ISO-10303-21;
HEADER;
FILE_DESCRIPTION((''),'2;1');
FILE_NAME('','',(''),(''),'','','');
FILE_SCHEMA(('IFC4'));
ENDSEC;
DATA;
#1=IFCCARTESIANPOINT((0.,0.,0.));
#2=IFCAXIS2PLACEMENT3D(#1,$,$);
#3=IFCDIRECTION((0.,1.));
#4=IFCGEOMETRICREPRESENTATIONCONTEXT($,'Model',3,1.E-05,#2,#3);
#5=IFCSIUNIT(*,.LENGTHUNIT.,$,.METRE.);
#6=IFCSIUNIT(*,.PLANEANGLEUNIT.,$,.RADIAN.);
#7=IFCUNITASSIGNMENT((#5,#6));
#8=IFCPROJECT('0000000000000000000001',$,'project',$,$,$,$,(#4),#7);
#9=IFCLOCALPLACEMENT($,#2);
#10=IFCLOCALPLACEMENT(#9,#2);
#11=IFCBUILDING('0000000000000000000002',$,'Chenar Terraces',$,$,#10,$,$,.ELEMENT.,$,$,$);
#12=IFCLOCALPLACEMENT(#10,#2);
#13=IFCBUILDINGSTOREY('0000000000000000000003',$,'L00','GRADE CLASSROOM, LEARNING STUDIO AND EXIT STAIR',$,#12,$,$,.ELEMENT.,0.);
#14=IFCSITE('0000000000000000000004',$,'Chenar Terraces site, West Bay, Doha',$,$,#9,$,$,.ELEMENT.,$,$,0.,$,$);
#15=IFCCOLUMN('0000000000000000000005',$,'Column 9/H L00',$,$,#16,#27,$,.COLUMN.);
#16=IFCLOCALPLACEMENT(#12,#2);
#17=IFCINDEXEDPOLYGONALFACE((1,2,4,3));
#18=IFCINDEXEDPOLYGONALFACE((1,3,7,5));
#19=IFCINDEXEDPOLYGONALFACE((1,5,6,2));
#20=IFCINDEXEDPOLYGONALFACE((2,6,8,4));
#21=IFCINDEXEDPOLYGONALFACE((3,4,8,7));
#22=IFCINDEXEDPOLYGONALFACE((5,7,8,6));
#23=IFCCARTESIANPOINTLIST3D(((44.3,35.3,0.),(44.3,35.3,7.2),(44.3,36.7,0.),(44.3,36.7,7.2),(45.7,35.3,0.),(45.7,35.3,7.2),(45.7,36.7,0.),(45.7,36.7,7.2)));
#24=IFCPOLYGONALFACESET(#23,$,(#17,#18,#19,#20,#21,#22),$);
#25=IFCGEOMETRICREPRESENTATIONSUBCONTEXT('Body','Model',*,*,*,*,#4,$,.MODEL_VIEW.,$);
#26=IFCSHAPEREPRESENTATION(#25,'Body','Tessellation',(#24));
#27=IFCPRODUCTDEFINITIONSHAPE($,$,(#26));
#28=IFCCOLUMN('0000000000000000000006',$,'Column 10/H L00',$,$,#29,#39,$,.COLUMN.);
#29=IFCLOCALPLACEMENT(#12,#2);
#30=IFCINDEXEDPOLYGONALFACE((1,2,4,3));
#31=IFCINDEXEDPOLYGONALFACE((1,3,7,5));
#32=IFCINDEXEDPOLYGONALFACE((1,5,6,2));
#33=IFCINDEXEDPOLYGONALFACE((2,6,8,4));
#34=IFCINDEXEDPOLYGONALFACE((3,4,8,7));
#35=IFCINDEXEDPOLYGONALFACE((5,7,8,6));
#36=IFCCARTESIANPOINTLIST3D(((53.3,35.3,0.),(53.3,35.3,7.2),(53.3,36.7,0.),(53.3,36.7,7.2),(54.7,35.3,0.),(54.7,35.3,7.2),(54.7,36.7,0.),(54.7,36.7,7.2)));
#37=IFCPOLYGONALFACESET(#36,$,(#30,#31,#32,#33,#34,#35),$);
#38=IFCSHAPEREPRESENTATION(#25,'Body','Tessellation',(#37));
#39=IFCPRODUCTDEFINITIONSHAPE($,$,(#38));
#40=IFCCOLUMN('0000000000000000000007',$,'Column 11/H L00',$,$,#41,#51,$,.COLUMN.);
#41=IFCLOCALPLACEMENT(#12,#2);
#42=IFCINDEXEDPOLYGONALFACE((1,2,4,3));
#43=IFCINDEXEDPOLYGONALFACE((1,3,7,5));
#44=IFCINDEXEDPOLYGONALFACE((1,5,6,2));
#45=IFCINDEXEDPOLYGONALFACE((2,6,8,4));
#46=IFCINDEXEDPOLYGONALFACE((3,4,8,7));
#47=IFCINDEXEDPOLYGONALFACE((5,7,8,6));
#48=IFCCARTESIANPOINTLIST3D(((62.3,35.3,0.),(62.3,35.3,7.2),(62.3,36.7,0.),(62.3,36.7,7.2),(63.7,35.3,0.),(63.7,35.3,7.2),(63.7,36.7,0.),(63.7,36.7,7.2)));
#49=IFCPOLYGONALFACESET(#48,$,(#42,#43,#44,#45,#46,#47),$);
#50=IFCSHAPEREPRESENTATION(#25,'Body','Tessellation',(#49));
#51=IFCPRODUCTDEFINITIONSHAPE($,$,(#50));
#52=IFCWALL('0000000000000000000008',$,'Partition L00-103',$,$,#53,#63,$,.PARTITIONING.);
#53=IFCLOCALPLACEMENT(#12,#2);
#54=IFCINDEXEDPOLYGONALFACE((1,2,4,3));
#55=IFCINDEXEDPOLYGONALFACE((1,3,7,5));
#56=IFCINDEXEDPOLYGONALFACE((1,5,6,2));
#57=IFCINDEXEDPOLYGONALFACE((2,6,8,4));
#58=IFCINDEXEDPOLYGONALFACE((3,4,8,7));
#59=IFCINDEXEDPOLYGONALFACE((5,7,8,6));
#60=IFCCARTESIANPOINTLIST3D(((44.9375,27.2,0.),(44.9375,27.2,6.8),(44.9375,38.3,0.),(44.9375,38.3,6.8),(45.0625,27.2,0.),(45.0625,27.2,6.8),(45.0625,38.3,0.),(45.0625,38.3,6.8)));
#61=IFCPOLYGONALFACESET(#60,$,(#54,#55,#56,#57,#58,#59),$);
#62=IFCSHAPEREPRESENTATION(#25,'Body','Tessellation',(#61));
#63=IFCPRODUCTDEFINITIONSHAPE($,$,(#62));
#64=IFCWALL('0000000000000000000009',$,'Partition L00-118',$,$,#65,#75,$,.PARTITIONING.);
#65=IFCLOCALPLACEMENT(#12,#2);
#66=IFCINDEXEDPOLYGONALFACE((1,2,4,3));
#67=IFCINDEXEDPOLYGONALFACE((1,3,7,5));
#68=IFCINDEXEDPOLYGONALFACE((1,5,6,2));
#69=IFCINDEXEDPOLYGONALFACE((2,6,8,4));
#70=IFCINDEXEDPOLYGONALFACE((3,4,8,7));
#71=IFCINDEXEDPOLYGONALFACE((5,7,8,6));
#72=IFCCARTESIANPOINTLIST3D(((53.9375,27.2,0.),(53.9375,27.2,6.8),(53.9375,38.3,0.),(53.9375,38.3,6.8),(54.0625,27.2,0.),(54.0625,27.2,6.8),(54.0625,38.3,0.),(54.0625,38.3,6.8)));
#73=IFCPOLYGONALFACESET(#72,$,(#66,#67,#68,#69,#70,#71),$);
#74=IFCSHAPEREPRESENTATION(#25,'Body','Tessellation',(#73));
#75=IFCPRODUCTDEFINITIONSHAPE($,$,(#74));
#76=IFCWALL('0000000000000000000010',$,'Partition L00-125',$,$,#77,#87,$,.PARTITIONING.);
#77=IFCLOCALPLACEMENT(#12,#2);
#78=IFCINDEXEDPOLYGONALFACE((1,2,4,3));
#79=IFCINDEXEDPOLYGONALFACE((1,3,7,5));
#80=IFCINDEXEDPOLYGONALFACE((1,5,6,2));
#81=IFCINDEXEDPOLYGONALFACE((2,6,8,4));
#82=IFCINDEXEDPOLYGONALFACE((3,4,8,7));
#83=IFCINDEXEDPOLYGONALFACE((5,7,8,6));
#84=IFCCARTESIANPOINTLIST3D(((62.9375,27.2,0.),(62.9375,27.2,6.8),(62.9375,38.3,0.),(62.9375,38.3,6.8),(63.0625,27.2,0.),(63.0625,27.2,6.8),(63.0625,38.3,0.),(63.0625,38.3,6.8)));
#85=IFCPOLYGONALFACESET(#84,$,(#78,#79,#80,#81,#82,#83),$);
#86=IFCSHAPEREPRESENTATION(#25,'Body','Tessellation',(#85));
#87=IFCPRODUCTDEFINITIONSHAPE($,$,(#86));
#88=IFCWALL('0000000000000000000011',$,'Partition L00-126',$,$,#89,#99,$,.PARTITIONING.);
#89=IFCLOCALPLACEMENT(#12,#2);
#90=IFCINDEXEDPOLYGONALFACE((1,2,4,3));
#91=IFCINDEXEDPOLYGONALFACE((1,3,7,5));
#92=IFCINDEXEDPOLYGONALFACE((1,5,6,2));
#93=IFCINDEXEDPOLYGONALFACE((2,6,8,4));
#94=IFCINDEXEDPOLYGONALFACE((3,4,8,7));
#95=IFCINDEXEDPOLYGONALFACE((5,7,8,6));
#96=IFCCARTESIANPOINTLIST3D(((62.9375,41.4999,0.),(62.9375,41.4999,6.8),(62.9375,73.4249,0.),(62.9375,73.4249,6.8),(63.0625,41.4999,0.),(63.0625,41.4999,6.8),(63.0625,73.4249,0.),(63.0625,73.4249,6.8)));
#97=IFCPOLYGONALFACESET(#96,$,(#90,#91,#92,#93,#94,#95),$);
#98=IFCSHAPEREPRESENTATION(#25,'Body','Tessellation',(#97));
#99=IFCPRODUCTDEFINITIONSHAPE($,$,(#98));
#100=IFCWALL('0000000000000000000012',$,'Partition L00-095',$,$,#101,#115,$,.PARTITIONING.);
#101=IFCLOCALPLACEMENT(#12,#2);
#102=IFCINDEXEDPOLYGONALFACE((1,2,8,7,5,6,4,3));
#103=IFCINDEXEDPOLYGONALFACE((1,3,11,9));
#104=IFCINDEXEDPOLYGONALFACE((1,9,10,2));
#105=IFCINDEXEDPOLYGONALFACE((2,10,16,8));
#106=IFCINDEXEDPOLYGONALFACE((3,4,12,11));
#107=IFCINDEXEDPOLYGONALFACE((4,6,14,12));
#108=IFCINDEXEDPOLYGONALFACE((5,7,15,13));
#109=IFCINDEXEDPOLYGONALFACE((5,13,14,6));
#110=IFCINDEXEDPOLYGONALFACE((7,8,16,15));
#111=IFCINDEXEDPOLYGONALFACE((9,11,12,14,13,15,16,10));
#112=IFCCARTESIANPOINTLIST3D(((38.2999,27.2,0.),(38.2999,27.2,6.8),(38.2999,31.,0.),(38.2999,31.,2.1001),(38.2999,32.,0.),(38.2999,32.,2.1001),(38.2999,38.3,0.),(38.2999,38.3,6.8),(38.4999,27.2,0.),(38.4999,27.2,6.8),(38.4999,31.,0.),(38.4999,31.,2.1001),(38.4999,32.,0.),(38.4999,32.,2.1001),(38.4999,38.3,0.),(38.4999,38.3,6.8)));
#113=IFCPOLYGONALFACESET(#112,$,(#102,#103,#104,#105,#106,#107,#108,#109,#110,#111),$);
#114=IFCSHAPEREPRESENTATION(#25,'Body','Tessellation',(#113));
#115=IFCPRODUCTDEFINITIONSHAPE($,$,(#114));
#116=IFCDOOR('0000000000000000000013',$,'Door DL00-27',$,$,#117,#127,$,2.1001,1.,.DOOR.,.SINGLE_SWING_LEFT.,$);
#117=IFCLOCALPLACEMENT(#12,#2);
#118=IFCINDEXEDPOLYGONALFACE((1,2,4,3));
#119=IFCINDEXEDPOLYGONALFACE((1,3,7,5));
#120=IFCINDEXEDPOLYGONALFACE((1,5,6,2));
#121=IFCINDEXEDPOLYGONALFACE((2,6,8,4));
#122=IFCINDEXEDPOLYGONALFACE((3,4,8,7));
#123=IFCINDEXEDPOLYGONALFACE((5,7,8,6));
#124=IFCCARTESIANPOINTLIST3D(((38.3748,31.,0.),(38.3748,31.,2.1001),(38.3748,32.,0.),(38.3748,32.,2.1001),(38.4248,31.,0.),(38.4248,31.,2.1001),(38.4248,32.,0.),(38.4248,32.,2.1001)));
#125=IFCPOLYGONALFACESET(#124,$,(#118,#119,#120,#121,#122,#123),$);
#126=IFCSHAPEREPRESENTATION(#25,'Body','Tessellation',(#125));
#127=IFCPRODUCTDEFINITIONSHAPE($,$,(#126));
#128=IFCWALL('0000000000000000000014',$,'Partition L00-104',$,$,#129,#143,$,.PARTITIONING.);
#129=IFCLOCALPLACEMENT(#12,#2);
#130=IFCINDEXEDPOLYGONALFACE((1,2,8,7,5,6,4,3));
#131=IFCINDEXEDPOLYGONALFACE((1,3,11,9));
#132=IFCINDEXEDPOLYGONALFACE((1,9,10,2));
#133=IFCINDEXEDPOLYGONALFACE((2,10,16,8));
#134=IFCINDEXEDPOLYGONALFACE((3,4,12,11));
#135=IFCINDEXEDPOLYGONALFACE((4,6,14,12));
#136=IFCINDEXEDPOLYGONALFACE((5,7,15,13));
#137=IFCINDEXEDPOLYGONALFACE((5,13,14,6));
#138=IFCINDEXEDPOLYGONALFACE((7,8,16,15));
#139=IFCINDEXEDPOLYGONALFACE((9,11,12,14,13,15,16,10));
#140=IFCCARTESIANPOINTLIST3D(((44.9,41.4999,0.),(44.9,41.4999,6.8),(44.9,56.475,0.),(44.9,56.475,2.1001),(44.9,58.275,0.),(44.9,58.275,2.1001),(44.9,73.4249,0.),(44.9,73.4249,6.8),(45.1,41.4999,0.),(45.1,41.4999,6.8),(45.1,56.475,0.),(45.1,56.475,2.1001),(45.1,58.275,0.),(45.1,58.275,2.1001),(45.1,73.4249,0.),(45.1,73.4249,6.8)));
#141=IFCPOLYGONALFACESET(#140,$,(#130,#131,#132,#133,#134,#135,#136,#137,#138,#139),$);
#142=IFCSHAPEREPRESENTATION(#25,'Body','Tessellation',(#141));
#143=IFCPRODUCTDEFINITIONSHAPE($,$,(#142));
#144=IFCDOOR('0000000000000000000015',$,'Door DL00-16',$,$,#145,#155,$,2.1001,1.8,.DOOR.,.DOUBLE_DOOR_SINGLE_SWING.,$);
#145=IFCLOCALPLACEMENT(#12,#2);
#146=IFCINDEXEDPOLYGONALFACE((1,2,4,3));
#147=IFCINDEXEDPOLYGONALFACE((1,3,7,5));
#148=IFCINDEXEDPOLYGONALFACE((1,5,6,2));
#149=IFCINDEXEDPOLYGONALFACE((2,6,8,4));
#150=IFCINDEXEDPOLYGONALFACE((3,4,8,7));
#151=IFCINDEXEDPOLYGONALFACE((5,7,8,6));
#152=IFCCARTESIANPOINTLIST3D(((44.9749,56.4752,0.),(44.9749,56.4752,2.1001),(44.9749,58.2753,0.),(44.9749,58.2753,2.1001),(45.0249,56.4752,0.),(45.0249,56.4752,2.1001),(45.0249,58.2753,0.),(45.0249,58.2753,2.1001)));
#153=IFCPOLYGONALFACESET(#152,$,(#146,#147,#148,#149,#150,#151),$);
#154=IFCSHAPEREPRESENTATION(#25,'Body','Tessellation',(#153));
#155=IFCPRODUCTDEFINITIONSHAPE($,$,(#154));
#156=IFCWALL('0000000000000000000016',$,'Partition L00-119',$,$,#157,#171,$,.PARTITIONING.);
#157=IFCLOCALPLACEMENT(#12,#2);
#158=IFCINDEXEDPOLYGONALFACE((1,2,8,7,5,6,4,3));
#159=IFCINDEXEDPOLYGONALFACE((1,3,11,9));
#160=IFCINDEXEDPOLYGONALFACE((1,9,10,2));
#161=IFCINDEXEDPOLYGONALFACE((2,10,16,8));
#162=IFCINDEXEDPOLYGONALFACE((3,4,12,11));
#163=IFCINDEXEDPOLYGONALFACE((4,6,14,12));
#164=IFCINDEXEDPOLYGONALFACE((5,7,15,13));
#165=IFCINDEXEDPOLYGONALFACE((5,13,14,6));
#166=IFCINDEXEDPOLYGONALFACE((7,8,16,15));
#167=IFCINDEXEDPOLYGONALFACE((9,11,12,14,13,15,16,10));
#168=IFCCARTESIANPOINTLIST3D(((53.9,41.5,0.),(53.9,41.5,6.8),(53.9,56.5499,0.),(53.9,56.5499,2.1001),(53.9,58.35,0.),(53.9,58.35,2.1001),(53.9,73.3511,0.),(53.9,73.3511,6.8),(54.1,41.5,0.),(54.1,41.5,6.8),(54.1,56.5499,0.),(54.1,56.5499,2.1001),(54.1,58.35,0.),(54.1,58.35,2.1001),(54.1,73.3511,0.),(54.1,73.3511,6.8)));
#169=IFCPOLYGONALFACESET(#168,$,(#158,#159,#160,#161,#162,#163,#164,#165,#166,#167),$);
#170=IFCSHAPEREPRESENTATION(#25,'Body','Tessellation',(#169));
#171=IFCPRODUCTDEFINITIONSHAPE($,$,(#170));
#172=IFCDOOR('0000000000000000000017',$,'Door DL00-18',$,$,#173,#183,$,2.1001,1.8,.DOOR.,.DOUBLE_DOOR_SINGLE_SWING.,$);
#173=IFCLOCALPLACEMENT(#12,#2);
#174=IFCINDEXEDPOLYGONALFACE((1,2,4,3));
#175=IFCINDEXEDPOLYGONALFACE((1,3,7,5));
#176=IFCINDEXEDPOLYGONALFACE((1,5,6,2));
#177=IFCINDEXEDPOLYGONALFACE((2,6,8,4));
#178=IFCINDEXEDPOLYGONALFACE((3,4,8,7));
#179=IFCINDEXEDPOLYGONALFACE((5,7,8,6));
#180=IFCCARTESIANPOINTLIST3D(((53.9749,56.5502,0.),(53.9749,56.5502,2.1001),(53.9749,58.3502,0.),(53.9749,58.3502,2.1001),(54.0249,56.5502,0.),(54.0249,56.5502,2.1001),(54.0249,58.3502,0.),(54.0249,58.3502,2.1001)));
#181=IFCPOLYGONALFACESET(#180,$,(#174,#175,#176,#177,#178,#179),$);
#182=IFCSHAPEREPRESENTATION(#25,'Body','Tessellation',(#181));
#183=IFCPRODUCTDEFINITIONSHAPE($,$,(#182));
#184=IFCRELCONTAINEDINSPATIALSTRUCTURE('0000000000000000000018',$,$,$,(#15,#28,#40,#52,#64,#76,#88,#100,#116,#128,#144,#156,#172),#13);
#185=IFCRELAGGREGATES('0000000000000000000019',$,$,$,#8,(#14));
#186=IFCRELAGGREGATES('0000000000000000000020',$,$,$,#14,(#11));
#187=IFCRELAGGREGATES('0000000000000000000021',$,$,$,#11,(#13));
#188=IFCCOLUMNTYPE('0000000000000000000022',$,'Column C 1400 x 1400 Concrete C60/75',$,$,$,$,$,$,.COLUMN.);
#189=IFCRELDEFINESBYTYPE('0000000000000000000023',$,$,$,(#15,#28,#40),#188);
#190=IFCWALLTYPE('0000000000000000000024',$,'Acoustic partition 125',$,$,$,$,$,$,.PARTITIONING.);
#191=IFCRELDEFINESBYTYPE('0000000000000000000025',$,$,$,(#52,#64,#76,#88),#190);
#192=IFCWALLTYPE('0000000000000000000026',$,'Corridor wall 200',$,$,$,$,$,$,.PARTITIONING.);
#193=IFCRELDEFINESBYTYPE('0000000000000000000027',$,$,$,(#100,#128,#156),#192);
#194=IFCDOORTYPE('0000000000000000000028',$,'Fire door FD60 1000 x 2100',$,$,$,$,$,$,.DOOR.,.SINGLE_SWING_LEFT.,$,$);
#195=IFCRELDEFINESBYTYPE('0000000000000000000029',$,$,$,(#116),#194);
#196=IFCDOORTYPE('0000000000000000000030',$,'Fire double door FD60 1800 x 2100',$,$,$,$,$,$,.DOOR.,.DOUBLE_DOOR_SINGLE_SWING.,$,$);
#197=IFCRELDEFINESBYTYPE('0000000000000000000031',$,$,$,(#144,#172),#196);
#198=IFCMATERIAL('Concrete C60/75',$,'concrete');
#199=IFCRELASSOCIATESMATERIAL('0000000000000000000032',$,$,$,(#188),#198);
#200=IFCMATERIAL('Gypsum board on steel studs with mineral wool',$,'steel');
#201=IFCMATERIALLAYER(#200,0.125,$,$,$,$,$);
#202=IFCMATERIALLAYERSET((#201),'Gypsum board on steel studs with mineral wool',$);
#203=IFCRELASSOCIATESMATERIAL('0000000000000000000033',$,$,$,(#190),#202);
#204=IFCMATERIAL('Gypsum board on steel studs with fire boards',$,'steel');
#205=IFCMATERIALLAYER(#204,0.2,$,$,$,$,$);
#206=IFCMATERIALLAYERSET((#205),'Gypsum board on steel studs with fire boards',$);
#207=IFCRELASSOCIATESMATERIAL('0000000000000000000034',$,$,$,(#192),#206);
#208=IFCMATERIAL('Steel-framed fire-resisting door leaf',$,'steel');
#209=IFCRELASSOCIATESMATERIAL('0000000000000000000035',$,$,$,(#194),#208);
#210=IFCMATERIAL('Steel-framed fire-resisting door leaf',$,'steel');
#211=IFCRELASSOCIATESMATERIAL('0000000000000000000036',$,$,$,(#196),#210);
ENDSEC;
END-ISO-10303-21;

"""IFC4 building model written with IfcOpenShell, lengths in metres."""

from ifc_helpers import new_model, si_unit, direction, frame, frame_2d, origin, origin_2d, place, context, subcontext, project, spatial, rectangle, extrude, material, layer, layer_set, material_profile, profile_set, type_object, element, fill, save


model = new_model("IFC4")

# Units and contexts
model_context = context("Model", 3, precision=1e-05, world=origin(), true_north=direction((0.0, 1.0)))
body_context = subcontext(model_context, "Body", "Model", "MODEL_VIEW")
ifc_project = project(units=[si_unit("LENGTHUNIT", "METRE"), si_unit("PLANEANGLEUNIT", "RADIAN")], contexts=[model_context])

# Site, building, storey
site_placement = place(None, origin())
site = spatial("IfcSite", under=ifc_project, at=site_placement, Name="Chenar Terraces site, West Bay, Doha", CompositionType="ELEMENT", RefElevation=0.0)
building_placement = place(site_placement, origin())
building = spatial("IfcBuilding", under=site, at=building_placement, Name="Chenar Terraces", CompositionType="ELEMENT")
storey_placement = place(building_placement, origin())
storey = spatial("IfcBuildingStorey", under=building, at=storey_placement, Name="L00", Description="GRADE CLASSROOM, LEARNING STUDIO AND EXIT STAIR", CompositionType="ELEMENT", Elevation=0.0)

# Columns
ifc_material_1 = material(Name="Concrete C60/75", Category="concrete")
ifc_material_profile = material_profile(ifc_material_1, rectangle(XDim=1.3999, YDim=1.3999, at=origin_2d()), Name="C 1400 x 1400")
ifc_profile_set = profile_set([ifc_material_profile], Name="Concrete C60/75")
column_type = type_object("IfcColumnType", Name="Column C 1400 x 1400 Concrete C60/75", PredefinedType="COLUMN", material=ifc_profile_set)
for number, where, z_axis, x_axis, name in (
    (1, (45.0, 36.0, 0.0), (0.0, 0.0, 1.0), (1.0, 0.0, 0.0), "Column 9/H L00"),
    (2, (54.0, 36.0, 0.0), (0.0, 0.0, 1.0), (1.0, 0.0, 0.0), "Column 10/H L00"),
    (3, (63.0, 36.0, 0.0), (0.0, 0.0, 1.0), (1.0, 0.0, 0.0), "Column 11/H L00"),
):
    element("IfcColumn", number, at=place(storey_placement, frame(where, z_axis=z_axis, x_axis=x_axis)), inside=storey, type_object=column_type, Name=name, PredefinedType="COLUMN", context=body_context, shape_type="SweptSolid", body=[
        extrude(rectangle(XDim=1.3999, YDim=1.3999, at=origin_2d()), origin(), (0.0, 0.0, 1.0), 7.2),
    ])

# Walls
ifc_material_2 = material(Name="Gypsum board on steel studs with mineral wool", Category="steel")
ifc_layer_1 = layer(ifc_material_2, 0.125)
ifc_layer_set_1 = layer_set([ifc_layer_1], Name="Gypsum board on steel studs with mineral wool")
wall_type_1 = type_object("IfcWallType", Name="Acoustic partition 125", PredefinedType="PARTITIONING", material=ifc_layer_set_1)
for number, where, z_axis, x_axis, name in (
    (4, (45.0, 27.2, 0.0), (0.0, 0.0, 1.0), (0.0, 1.0, 0.0), "Partition L00-103"),
    (5, (54.0, 27.2, 0.0), (0.0, 0.0, 1.0), (0.0, 1.0, 0.0), "Partition L00-118"),
    (6, (63.0, 27.2, 0.0), (0.0, 0.0, 1.0), (0.0, 1.0, 0.0), "Partition L00-125"),
):
    element("IfcWall", number, at=place(storey_placement, frame(where, z_axis=z_axis, x_axis=x_axis)), inside=storey, type_object=wall_type_1, Name=name, PredefinedType="PARTITIONING", context=body_context, shape_type="SweptSolid", body=[
        extrude(rectangle(XDim=11.1001, YDim=0.125, at=frame_2d((5.55, 0.0))), origin(), (0.0, 0.0, 1.0), 6.8),
    ])
wall_1_placement = place(storey_placement, frame((63.0, 41.5, 0.0), z_axis=(0.0, 0.0, 1.0), x_axis=(0.0, 1.0, 0.0)))
element("IfcWall", 7, at=wall_1_placement, inside=storey, type_object=wall_type_1, Name="Partition L00-126", PredefinedType="PARTITIONING", context=body_context, shape_type="SweptSolid", body=[
    extrude(rectangle(XDim=31.925, YDim=0.125, at=frame_2d((15.9624, 0.0))), origin(), (0.0, 0.0, 1.0), 6.8),
])

# Walls, openings, doors
ifc_material_3 = material(Name="Gypsum board on steel studs with fire boards", Category="steel")
ifc_layer_2 = layer(ifc_material_3, 0.2)
ifc_layer_set_2 = layer_set([ifc_layer_2], Name="Gypsum board on steel studs with fire boards")
wall_type_2 = type_object("IfcWallType", Name="Corridor wall 200", PredefinedType="PARTITIONING", material=ifc_layer_set_2)
wall_2_placement = place(storey_placement, frame((38.3999, 27.2, 0.0), z_axis=(0.0, 0.0, 1.0), x_axis=(0.0, 1.0, 0.0)))
wall_2 = element("IfcWall", 8, at=wall_2_placement, inside=storey, type_object=wall_type_2, Name="Partition L00-095", PredefinedType="PARTITIONING", context=body_context, shape_type="SweptSolid", body=[
    extrude(rectangle(XDim=11.1001, YDim=0.2, at=frame_2d((5.55, 0.0))), origin(), (0.0, 0.0, 1.0), 6.8),
])
opening_1_placement = place(wall_2_placement, frame((3.8, 0.0, 0.0)))
opening_1 = element("IfcOpeningElement", 9, at=opening_1_placement, cuts=wall_2, PredefinedType="OPENING", context=body_context, shape_type="SweptSolid", body=[
    extrude(rectangle(XDim=1.0, YDim=2.1001, at=frame_2d((0.5, 1.05))), frame((0.0, 0.1099, 0.0), z_axis=(0.0, -1.0, 0.0), x_axis=(1.0, 0.0, 0.0)), (0.0, 0.0, 1.0), 0.22),
])
ifc_material_4 = material(Name="Steel-framed fire-resisting door leaf", Category="steel")
door_type_1 = type_object("IfcDoorType", Name="Fire door FD60 1000 x 2100", OperationType="SINGLE_SWING_LEFT", PredefinedType="DOOR", material=ifc_material_4)
door_1_placement = place(opening_1_placement, frame((1.0, 0.0, 0.0), z_axis=(0.0, 0.0, 1.0), x_axis=(-1.0, 0.0, 0.0)))
door_1 = element("IfcDoor", 10, at=door_1_placement, inside=storey, type_object=door_type_1, Name="Door DL00-27", OperationType="SINGLE_SWING_LEFT", OverallHeight=2.1001, OverallWidth=1.0, PredefinedType="DOOR", context=body_context, shape_type="SweptSolid", body=[
    extrude(rectangle(XDim=1.0, YDim=2.1001, at=frame_2d((0.5, 1.05))), frame((0.0, 0.0249, 0.0), z_axis=(0.0, -1.0, 0.0), x_axis=(1.0, 0.0, 0.0)), (0.0, 0.0, 1.0), 0.05),
])
fill(opening_1, door_1)
wall_3_placement = place(storey_placement, frame((45.0, 41.5, 0.0), z_axis=(0.0, 0.0, 1.0), x_axis=(0.0, 1.0, 0.0)))
wall_3 = element("IfcWall", 11, at=wall_3_placement, inside=storey, type_object=wall_type_2, Name="Partition L00-104", PredefinedType="PARTITIONING", context=body_context, shape_type="SweptSolid", body=[
    extrude(rectangle(XDim=31.925, YDim=0.2, at=frame_2d((15.9624, 0.0))), origin(), (0.0, 0.0, 1.0), 6.8),
])
opening_2_placement = place(wall_3_placement, frame((14.9751, 0.0, 0.0)))
opening_2 = element("IfcOpeningElement", 12, at=opening_2_placement, cuts=wall_3, PredefinedType="OPENING", context=body_context, shape_type="SweptSolid", body=[
    extrude(rectangle(XDim=1.8, YDim=2.1001, at=frame_2d((0.8999, 1.05))), frame((0.0, 0.1099, 0.0), z_axis=(0.0, -1.0, 0.0), x_axis=(1.0, 0.0, 0.0)), (0.0, 0.0, 1.0), 0.22),
])
ifc_material_5 = material(Name="Steel-framed fire-resisting door leaf", Category="steel")
door_type_2 = type_object("IfcDoorType", Name="Fire double door FD60 1800 x 2100", OperationType="DOUBLE_DOOR_SINGLE_SWING", PredefinedType="DOOR", material=ifc_material_5)
door_2_placement = place(opening_2_placement, frame((1.8, 0.0, 0.0), z_axis=(0.0, 0.0, 1.0), x_axis=(-1.0, 0.0, 0.0)))
door_2 = element("IfcDoor", 13, at=door_2_placement, inside=storey, type_object=door_type_2, Name="Door DL00-16", OperationType="DOUBLE_DOOR_SINGLE_SWING", OverallHeight=2.1001, OverallWidth=1.8, PredefinedType="DOOR", context=body_context, shape_type="SweptSolid", body=[
    extrude(rectangle(XDim=1.8, YDim=2.1001, at=frame_2d((0.8999, 1.05))), frame((0.0, 0.0249, 0.0), z_axis=(0.0, -1.0, 0.0), x_axis=(1.0, 0.0, 0.0)), (0.0, 0.0, 1.0), 0.05),
])
fill(opening_2, door_2)
wall_4_placement = place(storey_placement, frame((54.0, 41.5, 0.0), z_axis=(0.0, 0.0, 1.0), x_axis=(0.0, 1.0, 0.0)))
wall_4 = element("IfcWall", 14, at=wall_4_placement, inside=storey, type_object=wall_type_2, Name="Partition L00-119", PredefinedType="PARTITIONING", context=body_context, shape_type="SweptSolid", body=[
    extrude(rectangle(XDim=31.8511, YDim=0.2, at=frame_2d((15.9255, 0.0))), origin(), (0.0, 0.0, 1.0), 6.8),
])
opening_3_placement = place(wall_4_placement, frame((15.05, 0.0, 0.0)))
opening_3 = element("IfcOpeningElement", 15, at=opening_3_placement, cuts=wall_4, PredefinedType="OPENING", context=body_context, shape_type="SweptSolid", body=[
    extrude(rectangle(XDim=1.8, YDim=2.1001, at=frame_2d((0.8999, 1.05))), frame((0.0, 0.1099, 0.0), z_axis=(0.0, -1.0, 0.0), x_axis=(1.0, 0.0, 0.0)), (0.0, 0.0, 1.0), 0.22),
])
door_3_placement = place(opening_3_placement, frame((1.8, 0.0, 0.0), z_axis=(0.0, 0.0, 1.0), x_axis=(-1.0, 0.0, 0.0)))
door_3 = element("IfcDoor", 16, at=door_3_placement, inside=storey, type_object=door_type_2, Name="Door DL00-18", OperationType="DOUBLE_DOOR_SINGLE_SWING", OverallHeight=2.1001, OverallWidth=1.8, PredefinedType="DOOR", context=body_context, shape_type="SweptSolid", body=[
    extrude(rectangle(XDim=1.8, YDim=2.1001, at=frame_2d((0.8999, 1.05))), frame((0.0, 0.0249, 0.0), z_axis=(0.0, -1.0, 0.0), x_axis=(1.0, 0.0, 0.0)), (0.0, 0.0, 1.0), 0.05),
])
fill(opening_3, door_3)

save(model, "model.ifc")
